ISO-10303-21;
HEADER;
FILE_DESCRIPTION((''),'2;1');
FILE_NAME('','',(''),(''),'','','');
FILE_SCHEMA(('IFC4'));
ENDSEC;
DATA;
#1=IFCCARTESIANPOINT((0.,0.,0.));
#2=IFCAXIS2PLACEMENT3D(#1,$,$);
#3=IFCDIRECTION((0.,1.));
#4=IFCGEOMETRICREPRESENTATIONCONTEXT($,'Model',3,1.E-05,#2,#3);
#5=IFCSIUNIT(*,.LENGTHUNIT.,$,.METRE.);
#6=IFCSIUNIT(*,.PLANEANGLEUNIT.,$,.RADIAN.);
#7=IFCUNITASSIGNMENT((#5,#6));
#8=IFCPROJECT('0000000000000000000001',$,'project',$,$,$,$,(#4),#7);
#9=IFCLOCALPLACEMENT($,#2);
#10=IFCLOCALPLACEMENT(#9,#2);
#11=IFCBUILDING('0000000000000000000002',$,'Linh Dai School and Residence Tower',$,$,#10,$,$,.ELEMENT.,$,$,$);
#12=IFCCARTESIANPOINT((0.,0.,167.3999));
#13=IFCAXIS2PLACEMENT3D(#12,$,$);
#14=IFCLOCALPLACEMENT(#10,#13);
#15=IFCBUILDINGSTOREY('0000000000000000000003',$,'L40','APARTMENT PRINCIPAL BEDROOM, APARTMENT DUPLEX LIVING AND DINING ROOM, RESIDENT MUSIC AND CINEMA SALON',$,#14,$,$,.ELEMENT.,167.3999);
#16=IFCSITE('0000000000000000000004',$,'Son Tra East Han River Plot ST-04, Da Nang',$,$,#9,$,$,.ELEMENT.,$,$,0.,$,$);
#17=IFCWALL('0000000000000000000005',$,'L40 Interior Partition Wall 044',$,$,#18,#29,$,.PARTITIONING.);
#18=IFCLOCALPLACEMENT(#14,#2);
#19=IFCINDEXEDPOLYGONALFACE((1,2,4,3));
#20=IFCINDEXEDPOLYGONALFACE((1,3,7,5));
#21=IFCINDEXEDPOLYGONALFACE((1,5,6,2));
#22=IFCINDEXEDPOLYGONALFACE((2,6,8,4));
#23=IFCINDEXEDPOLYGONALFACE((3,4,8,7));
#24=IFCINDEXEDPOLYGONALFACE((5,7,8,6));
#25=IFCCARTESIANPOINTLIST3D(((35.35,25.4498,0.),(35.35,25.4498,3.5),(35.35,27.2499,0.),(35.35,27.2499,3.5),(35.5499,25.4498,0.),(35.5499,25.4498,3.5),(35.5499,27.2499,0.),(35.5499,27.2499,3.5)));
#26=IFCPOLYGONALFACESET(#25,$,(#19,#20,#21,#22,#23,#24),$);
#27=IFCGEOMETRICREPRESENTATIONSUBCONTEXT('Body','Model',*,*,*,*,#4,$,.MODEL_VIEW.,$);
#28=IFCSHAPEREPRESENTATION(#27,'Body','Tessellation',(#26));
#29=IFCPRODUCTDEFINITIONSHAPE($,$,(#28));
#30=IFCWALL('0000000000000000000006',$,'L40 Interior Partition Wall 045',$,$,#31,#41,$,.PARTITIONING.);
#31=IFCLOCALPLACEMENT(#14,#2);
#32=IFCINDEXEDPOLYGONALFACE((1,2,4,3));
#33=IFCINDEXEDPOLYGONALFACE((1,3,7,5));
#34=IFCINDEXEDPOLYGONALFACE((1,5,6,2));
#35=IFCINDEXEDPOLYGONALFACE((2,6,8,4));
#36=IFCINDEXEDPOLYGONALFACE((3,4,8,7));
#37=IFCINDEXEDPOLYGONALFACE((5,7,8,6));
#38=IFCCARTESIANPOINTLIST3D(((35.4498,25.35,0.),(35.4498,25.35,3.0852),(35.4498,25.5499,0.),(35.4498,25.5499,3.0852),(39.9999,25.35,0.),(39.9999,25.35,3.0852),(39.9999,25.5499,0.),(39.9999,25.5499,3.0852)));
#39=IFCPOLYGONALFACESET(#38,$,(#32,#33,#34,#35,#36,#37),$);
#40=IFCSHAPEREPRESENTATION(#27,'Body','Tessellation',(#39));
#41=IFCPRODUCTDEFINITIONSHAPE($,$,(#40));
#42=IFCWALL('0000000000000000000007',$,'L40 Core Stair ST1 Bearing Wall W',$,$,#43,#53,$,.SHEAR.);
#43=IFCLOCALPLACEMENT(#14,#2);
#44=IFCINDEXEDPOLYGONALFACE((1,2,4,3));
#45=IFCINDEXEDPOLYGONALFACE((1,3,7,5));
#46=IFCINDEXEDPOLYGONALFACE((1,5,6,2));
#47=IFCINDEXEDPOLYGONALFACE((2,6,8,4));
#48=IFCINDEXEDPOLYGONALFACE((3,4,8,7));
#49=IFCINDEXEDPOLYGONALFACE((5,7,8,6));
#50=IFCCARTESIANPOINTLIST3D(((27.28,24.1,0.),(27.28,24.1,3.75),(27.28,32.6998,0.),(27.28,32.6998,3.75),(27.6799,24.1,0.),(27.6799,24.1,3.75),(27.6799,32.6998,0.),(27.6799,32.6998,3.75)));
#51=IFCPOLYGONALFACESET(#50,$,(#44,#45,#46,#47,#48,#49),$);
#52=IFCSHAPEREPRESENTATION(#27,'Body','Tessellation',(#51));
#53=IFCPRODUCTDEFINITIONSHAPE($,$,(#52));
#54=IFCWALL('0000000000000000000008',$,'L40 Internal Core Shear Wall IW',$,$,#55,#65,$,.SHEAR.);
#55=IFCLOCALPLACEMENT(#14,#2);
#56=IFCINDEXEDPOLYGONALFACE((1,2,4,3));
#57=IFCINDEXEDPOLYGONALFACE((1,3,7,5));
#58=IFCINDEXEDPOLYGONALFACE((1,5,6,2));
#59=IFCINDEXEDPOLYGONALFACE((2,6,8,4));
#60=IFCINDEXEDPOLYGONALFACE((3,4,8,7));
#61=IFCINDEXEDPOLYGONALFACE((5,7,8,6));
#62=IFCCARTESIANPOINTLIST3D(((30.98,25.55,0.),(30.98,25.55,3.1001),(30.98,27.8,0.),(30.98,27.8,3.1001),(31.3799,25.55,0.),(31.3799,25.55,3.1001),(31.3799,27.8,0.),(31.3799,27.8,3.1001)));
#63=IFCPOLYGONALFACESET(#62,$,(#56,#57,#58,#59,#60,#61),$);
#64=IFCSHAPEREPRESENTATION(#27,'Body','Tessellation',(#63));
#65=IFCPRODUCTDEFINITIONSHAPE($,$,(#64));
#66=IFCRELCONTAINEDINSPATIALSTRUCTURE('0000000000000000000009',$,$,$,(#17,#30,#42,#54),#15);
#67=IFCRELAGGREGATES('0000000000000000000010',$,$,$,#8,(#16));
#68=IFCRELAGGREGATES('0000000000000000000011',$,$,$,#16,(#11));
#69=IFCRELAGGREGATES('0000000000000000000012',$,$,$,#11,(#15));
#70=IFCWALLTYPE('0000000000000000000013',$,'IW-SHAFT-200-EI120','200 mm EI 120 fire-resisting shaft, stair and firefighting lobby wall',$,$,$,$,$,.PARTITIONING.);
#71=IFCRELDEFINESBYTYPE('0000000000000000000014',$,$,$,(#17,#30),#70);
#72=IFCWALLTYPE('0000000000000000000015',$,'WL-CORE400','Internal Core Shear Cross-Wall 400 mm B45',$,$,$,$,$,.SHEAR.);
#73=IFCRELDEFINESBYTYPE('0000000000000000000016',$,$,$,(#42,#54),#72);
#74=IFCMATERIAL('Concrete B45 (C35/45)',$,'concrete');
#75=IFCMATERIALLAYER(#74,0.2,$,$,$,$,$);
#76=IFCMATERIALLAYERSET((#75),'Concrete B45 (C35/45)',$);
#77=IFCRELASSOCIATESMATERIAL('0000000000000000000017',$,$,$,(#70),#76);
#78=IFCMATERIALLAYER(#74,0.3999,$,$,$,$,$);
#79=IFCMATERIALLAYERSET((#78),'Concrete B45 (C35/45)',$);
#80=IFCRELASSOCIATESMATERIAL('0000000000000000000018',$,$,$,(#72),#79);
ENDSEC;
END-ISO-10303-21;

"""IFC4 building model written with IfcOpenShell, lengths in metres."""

from ifc_helpers import new_model, si_unit, direction, frame, frame_2d, origin, place, context, subcontext, project, spatial, rectangle, extrude, material, layer, layer_set, type_object, element, save


model = new_model("IFC4")

# Units and contexts
model_context = context("Model", 3, precision=1e-05, world=origin(), true_north=direction((0.0, 1.0)))
body_context = subcontext(model_context, "Body", "Model", "MODEL_VIEW")
ifc_project = project(units=[si_unit("LENGTHUNIT", "METRE"), si_unit("PLANEANGLEUNIT", "RADIAN")], contexts=[model_context])

# Site, building, storey
site_placement = place(None, origin())
site = spatial("IfcSite", under=ifc_project, at=site_placement, Name="Son Tra East Han River Plot ST-04, Da Nang", CompositionType="ELEMENT", RefElevation=0.0)
building_placement = place(site_placement, origin())
building = spatial("IfcBuilding", under=site, at=building_placement, Name="Linh Dai School and Residence Tower", CompositionType="ELEMENT")
storey_placement = place(building_placement, frame((0.0, 0.0, 167.3999)))
storey = spatial("IfcBuildingStorey", under=building, at=storey_placement, Name="L40", Description="APARTMENT PRINCIPAL BEDROOM, APARTMENT DUPLEX LIVING AND DINING ROOM, RESIDENT MUSIC AND CINEMA SALON", CompositionType="ELEMENT", Elevation=167.3999)

# Shared definitions
ifc_material_1 = material(Name="Concrete B45 (C35/45)", Category="concrete")
ifc_layer_1 = layer(ifc_material_1, 0.2)
ifc_layer_set_1 = layer_set([ifc_layer_1], Name="Concrete B45 (C35/45)")
wall_type_1 = type_object("IfcWallType", Name="IW-SHAFT-200-EI120", Description="200 mm EI 120 fire-resisting shaft, stair and firefighting lobby wall", PredefinedType="PARTITIONING", material=ifc_layer_set_1)

# Walls
wall_1_placement = place(storey_placement, frame((35.45, 25.45, 0.0), z_axis=(0.0, 0.0, 1.0), x_axis=(0.0, 1.0, 0.0)))
element("IfcWall", 1, at=wall_1_placement, inside=storey, type_object=wall_type_1, Name="L40 Interior Partition Wall 044", PredefinedType="PARTITIONING", context=body_context, shape_type="SweptSolid", body=[
    extrude(rectangle(XDim=1.8, YDim=0.2, at=frame_2d((0.8999, 0.0))), origin(), (0.0, 0.0, 1.0), 3.5),
])
wall_2_placement = place(storey_placement, frame((35.45, 25.45, 0.0), z_axis=(0.0, 0.0, 1.0), x_axis=(1.0, 0.0, 0.0)))
element("IfcWall", 2, at=wall_2_placement, inside=storey, type_object=wall_type_1, Name="L40 Interior Partition Wall 045", PredefinedType="PARTITIONING", context=body_context, shape_type="SweptSolid", body=[
    extrude(rectangle(XDim=4.55, YDim=0.2, at=frame_2d((2.2749, 0.0))), origin(), (0.0, 0.0, 1.0), 3.0852),
])
ifc_layer_2 = layer(ifc_material_1, 0.3999)
ifc_layer_set_2 = layer_set([ifc_layer_2], Name="Concrete B45 (C35/45)")
wall_type_2 = type_object("IfcWallType", Name="WL-CORE400", Description="Internal Core Shear Cross-Wall 400 mm B45", PredefinedType="SHEAR", material=ifc_layer_set_2)
wall_3_placement = place(storey_placement, frame((27.48, 24.1001, 0.0), z_axis=(0.0, 0.0, 1.0), x_axis=(0.0, 1.0, 0.0)))
element("IfcWall", 3, at=wall_3_placement, inside=storey, type_object=wall_type_2, Name="L40 Core Stair ST1 Bearing Wall W", PredefinedType="SHEAR", context=body_context, shape_type="SweptSolid", body=[
    extrude(rectangle(XDim=8.5999, YDim=0.3999, at=frame_2d((4.2998, 0.0))), origin(), (0.0, 0.0, 1.0), 3.75),
])
wall_4_placement = place(storey_placement, frame((31.1799, 25.55, 0.0), z_axis=(0.0, 0.0, 1.0), x_axis=(0.0, 1.0, 0.0)))
element("IfcWall", 4, at=wall_4_placement, inside=storey, type_object=wall_type_2, Name="L40 Internal Core Shear Wall IW", PredefinedType="SHEAR", context=body_context, shape_type="SweptSolid", body=[
    extrude(rectangle(XDim=2.25, YDim=0.3999, at=frame_2d((1.125, 0.0))), origin(), (0.0, 0.0, 1.0), 3.1001),
])

save(model, "model.ifc")
